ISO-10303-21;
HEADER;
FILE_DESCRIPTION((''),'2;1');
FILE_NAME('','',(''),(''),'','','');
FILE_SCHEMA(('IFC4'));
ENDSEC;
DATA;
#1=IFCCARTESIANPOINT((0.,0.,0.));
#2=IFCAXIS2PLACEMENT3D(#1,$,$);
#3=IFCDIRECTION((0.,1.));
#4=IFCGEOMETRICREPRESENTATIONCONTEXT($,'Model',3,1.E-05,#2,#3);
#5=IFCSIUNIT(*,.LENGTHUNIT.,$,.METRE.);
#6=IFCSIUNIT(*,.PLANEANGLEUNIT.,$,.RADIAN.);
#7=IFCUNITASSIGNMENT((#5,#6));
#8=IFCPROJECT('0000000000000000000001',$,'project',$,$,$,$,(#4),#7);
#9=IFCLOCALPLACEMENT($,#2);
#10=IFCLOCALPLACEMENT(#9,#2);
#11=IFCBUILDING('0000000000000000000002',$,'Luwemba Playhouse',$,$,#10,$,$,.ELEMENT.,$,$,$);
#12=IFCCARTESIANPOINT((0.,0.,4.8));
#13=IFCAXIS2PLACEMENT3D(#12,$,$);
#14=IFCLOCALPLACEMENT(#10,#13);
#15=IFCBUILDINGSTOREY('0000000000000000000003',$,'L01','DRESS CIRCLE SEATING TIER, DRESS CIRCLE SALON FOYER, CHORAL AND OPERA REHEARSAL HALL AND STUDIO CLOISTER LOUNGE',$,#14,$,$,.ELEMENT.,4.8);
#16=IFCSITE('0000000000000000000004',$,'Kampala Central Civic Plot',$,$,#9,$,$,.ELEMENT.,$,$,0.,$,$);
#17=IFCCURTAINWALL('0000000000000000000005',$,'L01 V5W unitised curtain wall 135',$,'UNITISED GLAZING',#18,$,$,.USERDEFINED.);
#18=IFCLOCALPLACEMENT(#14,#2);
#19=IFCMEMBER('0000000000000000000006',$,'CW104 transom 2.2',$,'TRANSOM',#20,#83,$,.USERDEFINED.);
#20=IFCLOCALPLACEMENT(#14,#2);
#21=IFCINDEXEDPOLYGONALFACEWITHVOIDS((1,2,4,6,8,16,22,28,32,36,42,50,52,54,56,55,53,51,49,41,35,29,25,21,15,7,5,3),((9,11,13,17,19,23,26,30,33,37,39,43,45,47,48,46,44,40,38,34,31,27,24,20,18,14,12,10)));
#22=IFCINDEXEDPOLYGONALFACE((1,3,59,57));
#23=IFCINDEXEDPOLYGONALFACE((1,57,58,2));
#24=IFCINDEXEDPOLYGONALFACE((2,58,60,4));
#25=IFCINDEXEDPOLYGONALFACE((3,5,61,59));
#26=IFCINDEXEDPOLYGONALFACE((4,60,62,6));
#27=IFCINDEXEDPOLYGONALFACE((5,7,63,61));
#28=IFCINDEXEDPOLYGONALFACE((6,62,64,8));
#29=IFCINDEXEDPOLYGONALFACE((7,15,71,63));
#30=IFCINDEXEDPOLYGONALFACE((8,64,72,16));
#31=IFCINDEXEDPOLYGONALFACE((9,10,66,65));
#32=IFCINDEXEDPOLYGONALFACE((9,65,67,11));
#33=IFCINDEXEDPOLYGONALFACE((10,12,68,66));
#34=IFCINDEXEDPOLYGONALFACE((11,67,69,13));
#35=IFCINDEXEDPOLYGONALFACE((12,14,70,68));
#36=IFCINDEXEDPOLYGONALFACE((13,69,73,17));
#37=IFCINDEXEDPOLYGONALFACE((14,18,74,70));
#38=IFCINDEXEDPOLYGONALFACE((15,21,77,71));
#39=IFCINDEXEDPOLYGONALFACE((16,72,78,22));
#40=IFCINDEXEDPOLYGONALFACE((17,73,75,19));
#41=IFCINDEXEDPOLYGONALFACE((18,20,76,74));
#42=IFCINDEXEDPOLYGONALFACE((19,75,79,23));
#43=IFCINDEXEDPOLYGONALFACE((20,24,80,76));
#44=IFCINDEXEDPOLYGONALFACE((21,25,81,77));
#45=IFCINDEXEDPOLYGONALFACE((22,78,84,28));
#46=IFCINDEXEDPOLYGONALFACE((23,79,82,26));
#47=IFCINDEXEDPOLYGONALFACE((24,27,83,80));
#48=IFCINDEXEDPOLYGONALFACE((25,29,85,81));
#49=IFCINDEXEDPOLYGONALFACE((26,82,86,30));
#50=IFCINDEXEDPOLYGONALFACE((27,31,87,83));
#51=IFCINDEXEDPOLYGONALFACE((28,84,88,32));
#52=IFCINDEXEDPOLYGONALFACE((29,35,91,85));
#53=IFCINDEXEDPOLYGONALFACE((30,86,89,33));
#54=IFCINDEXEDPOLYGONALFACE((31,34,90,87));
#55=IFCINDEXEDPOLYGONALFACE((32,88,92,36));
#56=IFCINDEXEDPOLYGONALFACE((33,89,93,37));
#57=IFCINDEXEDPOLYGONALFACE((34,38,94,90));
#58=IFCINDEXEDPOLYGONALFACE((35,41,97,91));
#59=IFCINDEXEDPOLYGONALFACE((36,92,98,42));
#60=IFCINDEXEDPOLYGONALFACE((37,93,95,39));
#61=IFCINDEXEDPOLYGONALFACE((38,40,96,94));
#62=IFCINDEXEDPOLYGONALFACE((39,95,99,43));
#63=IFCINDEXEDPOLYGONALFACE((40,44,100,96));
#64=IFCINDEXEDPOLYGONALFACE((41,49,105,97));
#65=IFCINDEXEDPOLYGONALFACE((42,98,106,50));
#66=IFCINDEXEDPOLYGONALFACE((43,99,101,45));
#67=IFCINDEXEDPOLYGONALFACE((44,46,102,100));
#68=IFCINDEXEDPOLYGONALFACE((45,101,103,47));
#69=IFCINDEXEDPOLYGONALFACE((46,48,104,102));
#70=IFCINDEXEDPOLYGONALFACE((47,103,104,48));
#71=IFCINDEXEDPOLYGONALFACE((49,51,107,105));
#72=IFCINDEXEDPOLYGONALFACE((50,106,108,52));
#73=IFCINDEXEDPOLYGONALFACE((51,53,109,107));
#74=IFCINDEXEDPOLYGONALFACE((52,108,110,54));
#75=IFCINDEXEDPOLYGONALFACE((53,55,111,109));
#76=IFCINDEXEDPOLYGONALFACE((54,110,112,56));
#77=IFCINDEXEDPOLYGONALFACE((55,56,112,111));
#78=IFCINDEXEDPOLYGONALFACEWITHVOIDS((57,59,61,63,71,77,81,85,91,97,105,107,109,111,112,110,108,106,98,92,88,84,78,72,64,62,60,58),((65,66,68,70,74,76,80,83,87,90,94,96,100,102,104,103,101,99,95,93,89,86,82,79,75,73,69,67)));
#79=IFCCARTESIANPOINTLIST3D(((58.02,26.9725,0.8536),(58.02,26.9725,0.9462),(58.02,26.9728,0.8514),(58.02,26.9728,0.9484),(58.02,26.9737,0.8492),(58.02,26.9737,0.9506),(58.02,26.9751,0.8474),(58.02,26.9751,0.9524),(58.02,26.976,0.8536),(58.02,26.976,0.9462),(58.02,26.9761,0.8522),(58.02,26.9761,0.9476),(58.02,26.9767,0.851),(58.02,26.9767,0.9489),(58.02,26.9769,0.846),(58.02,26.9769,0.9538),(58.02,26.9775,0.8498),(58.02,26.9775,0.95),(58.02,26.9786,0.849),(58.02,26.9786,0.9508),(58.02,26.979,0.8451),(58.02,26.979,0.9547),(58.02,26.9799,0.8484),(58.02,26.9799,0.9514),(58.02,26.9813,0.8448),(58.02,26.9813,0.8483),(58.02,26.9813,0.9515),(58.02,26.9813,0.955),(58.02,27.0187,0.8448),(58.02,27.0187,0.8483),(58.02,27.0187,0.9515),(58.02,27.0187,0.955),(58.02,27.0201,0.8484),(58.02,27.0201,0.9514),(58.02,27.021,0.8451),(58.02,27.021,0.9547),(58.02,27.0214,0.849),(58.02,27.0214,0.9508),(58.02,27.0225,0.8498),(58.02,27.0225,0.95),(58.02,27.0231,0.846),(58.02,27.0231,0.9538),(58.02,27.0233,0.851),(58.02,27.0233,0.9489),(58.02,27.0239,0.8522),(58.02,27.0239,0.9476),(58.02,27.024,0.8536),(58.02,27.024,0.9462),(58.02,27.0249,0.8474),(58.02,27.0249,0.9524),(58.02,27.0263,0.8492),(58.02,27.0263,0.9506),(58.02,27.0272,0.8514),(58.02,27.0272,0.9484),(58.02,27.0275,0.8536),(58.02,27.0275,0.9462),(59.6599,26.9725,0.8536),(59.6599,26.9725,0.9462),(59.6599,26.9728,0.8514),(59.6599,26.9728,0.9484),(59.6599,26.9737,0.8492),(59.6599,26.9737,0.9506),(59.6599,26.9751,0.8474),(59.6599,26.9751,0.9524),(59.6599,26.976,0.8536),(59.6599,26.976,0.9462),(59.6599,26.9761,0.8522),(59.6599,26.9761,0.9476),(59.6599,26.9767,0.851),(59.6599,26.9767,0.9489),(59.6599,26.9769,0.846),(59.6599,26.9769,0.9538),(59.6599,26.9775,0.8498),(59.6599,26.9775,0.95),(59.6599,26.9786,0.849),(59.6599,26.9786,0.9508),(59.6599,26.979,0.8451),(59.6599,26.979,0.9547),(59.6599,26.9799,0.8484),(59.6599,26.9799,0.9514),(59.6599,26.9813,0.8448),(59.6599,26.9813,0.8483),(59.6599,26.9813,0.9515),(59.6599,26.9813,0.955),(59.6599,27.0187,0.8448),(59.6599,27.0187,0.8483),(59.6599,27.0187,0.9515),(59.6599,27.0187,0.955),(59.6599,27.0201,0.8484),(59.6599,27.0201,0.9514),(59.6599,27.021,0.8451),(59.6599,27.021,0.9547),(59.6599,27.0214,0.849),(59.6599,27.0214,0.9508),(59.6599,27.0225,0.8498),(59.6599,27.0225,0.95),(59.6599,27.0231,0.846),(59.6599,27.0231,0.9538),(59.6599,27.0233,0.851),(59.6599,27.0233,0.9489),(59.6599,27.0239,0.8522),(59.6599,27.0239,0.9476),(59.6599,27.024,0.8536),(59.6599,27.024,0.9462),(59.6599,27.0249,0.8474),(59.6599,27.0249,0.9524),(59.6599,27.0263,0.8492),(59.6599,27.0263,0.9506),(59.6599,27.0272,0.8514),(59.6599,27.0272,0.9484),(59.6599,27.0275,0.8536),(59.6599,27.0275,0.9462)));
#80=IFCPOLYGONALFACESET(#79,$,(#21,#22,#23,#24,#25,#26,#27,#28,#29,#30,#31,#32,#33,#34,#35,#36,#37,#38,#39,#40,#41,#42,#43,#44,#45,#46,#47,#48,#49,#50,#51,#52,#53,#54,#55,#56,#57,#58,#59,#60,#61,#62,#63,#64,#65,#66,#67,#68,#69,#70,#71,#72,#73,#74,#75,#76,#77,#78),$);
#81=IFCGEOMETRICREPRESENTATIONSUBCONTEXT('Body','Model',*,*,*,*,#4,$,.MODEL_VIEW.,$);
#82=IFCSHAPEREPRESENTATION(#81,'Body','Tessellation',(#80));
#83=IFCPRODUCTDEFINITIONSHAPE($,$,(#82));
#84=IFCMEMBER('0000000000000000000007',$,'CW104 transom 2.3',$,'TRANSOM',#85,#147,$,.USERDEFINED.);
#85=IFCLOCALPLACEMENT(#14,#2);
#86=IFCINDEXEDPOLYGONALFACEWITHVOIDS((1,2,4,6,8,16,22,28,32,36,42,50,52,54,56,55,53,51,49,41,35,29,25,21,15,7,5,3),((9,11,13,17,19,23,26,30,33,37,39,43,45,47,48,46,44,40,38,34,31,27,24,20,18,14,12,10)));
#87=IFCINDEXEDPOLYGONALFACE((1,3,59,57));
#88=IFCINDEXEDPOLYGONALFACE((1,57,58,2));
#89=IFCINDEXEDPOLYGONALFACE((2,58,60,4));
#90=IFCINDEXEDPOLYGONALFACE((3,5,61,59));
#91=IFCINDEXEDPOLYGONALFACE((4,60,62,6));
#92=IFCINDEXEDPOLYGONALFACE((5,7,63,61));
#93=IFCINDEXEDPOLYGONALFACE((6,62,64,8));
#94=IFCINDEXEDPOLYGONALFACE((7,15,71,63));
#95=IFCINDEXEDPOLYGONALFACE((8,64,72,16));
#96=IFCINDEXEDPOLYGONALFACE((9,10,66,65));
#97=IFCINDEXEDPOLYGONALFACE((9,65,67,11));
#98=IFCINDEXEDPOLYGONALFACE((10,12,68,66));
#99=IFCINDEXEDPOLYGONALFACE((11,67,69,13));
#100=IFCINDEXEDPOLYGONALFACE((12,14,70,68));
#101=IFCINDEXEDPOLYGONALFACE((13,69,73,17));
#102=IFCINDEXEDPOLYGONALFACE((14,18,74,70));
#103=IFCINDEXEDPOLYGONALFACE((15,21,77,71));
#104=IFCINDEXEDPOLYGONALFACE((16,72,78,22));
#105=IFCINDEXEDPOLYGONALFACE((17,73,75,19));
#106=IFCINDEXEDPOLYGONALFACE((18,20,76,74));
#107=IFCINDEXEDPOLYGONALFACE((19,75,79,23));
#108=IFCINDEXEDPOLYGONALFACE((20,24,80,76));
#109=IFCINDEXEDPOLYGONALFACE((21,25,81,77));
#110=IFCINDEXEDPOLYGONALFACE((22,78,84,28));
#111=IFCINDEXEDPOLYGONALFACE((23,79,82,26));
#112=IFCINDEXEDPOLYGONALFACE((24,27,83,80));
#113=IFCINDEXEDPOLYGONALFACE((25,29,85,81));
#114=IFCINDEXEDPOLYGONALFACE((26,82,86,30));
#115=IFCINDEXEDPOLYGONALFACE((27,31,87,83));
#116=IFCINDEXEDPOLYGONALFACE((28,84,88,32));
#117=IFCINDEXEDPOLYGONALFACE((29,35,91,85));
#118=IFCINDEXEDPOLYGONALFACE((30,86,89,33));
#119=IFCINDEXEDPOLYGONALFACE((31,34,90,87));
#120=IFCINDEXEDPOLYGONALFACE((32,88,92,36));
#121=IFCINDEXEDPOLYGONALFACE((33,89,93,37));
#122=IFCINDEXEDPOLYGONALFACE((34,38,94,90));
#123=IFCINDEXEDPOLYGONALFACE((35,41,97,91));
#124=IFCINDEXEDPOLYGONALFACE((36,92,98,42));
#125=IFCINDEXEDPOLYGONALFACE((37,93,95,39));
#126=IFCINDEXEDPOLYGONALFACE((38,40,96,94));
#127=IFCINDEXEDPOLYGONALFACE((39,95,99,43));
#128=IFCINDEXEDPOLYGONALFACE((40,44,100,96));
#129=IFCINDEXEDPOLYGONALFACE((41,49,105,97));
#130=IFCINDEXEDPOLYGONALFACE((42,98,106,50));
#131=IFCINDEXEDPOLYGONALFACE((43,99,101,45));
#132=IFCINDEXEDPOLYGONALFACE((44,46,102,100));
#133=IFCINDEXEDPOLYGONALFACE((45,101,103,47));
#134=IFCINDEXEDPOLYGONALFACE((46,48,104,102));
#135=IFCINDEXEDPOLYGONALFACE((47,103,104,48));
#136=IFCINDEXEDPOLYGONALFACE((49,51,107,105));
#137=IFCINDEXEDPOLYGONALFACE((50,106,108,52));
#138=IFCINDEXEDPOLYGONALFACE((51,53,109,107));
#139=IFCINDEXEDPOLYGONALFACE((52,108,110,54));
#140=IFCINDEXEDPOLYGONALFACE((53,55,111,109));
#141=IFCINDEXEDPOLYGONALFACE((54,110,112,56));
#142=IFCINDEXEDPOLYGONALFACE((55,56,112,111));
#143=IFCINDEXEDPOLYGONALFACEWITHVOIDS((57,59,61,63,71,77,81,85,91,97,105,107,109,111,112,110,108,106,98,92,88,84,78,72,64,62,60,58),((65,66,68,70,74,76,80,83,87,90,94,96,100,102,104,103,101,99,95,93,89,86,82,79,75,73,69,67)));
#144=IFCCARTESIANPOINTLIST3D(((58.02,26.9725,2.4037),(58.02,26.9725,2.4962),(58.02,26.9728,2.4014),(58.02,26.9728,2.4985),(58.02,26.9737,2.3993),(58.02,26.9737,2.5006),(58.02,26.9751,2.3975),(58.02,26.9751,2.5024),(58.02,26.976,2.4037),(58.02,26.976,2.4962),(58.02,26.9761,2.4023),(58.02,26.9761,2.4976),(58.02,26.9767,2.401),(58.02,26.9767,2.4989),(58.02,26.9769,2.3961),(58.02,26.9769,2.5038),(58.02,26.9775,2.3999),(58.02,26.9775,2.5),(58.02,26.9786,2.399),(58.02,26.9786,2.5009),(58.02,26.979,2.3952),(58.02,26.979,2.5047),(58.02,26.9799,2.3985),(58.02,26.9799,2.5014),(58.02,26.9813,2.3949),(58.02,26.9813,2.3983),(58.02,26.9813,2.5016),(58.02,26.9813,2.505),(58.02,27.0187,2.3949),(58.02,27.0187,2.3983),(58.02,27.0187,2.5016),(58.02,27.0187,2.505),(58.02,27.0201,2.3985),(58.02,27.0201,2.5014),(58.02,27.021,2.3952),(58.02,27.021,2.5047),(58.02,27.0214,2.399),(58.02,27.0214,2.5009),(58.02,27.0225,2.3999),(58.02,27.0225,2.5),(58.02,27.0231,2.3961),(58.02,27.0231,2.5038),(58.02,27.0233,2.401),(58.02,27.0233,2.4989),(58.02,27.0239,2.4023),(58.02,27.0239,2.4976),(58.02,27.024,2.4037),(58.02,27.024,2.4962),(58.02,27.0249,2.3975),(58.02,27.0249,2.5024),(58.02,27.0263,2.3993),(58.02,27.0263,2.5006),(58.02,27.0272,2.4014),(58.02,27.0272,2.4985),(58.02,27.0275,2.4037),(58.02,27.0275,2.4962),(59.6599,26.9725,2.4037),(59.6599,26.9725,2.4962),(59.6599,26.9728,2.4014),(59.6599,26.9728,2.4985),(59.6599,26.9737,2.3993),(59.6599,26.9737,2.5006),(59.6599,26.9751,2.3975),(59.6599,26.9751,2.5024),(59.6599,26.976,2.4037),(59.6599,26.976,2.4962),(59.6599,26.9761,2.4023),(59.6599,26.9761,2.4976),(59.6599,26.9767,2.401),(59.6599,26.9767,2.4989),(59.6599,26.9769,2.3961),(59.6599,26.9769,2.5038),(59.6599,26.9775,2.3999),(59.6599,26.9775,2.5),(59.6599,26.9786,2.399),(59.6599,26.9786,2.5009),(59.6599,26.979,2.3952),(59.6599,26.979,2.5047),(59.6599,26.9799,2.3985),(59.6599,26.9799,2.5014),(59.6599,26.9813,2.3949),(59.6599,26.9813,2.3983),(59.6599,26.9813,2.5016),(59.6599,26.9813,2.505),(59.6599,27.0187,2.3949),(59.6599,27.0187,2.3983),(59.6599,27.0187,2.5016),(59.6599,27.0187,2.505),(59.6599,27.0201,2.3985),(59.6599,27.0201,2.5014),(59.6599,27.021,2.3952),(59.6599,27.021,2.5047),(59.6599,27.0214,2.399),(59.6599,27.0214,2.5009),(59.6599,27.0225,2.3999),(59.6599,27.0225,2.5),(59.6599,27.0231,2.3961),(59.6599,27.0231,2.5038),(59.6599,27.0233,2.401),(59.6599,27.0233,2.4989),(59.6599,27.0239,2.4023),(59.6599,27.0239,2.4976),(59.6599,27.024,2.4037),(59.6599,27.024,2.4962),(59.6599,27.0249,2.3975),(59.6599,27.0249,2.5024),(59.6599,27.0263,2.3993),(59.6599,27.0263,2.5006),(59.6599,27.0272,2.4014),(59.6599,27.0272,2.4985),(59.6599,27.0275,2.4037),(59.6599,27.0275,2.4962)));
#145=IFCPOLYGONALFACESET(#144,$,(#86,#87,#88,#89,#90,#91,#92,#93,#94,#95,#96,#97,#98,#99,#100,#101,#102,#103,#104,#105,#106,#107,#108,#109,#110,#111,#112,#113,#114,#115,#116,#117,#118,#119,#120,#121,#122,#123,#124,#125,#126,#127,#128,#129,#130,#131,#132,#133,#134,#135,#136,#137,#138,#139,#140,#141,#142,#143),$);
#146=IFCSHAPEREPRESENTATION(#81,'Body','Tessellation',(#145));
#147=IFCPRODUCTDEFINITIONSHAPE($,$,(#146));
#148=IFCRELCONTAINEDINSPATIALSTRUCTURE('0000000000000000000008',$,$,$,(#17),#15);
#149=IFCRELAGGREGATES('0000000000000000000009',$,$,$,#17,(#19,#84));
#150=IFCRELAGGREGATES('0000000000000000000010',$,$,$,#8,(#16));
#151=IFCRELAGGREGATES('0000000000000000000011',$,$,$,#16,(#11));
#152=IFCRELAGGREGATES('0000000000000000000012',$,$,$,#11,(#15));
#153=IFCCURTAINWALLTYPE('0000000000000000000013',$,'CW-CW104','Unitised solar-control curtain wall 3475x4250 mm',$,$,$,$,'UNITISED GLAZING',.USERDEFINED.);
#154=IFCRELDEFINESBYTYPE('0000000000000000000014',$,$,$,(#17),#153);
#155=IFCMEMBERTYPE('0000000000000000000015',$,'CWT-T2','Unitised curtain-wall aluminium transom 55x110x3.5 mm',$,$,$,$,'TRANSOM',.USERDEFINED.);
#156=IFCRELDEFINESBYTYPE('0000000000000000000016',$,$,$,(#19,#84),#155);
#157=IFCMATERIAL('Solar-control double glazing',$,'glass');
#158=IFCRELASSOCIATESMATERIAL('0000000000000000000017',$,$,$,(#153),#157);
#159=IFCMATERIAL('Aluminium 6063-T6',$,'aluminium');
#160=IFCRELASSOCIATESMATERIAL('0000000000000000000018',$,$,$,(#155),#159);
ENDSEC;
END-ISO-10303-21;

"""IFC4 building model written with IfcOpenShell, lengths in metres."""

from ifc_helpers import new_model, si_unit, direction, frame, origin, origin_2d, place, context, subcontext, project, spatial, hollow_rectangle, extrude, material, material_profile, profile_set, type_object, element, aggregate, save


model = new_model("IFC4")

# Units and contexts
model_context = context("Model", 3, precision=1e-05, world=origin(), true_north=direction((0.0, 1.0)))
body_context = subcontext(model_context, "Body", "Model", "MODEL_VIEW")
ifc_project = project(units=[si_unit("LENGTHUNIT", "METRE"), si_unit("PLANEANGLEUNIT", "RADIAN")], contexts=[model_context])

# Site, building, storey
site_placement = place(None, origin())
site = spatial("IfcSite", under=ifc_project, at=site_placement, Name="Kampala Central Civic Plot", CompositionType="ELEMENT", RefElevation=0.0)
building_placement = place(site_placement, origin())
building = spatial("IfcBuilding", under=site, at=building_placement, Name="Luwemba Playhouse", CompositionType="ELEMENT")
storey_placement = place(building_placement, frame((0.0, 0.0, 4.8)))
storey = spatial("IfcBuildingStorey", under=building, at=storey_placement, Name="L01", Description="DRESS CIRCLE SEATING TIER, DRESS CIRCLE SALON FOYER, CHORAL AND OPERA REHEARSAL HALL AND STUDIO CLOISTER LOUNGE", CompositionType="ELEMENT", Elevation=4.8)

# Curtain wall
ifc_material_1 = material(Name="Solar-control double glazing", Category="glass")
ifc_material_2 = material(Name="Aluminium 6063-T6", Category="aluminium")
curtain_wall_type_1 = type_object("IfcCurtainWallType", Name="CW-CW104", Description="Unitised solar-control curtain wall 3475x4250 mm", ElementType="UNITISED GLAZING", PredefinedType="USERDEFINED", material=ifc_material_1)
curtain_wall_1_placement = place(storey_placement, origin())
curtain_wall_1 = element("IfcCurtainWall", 1, at=curtain_wall_1_placement, inside=storey, type_object=curtain_wall_type_1, Name="L01 V5W unitised curtain wall 135", ObjectType="UNITISED GLAZING", PredefinedType="USERDEFINED")

# Members
ifc_material_profile_1 = material_profile(ifc_material_2, hollow_rectangle(XDim=0.0549, YDim=0.1101, WallThickness=0.0034, InnerFilletRadius=0.0054, OuterFilletRadius=0.0088, at=origin_2d()))
ifc_profile_set_1 = profile_set([ifc_material_profile_1], Name="Aluminium 6063-T6")
member_type_1 = type_object("IfcMemberType", Name="CWT-T2", Description="Unitised curtain-wall aluminium transom 55x110x3.5 mm", ElementType="TRANSOM", PredefinedType="USERDEFINED", material=ifc_profile_set_1)
member_1_placement = place(storey_placement, frame((58.02, 27.0, 0.8999), z_axis=(1.0, 0.0, 0.0), x_axis=(0.0, 1.0, 0.0)))
member_1 = element("IfcMember", 2, at=member_1_placement, type_object=member_type_1, Name="CW104 transom 2.2", ObjectType="TRANSOM", PredefinedType="USERDEFINED", context=body_context, shape_type="SweptSolid", body=[
    extrude(hollow_rectangle(XDim=0.0549, YDim=0.1101, WallThickness=0.0034, InnerFilletRadius=0.0054, OuterFilletRadius=0.0088, at=origin_2d()), origin(), (0.0, 0.0, 1.0), 1.6399),
])
member_2_placement = place(storey_placement, frame((58.02, 27.0, 2.45), z_axis=(1.0, 0.0, 0.0), x_axis=(0.0, 1.0, 0.0)))
member_2 = element("IfcMember", 3, at=member_2_placement, type_object=member_type_1, Name="CW104 transom 2.3", ObjectType="TRANSOM", PredefinedType="USERDEFINED", context=body_context, shape_type="SweptSolid", body=[
    extrude(hollow_rectangle(XDim=0.0549, YDim=0.1101, WallThickness=0.0034, InnerFilletRadius=0.0054, OuterFilletRadius=0.0088, at=origin_2d()), origin(), (0.0, 0.0, 1.0), 1.6399),
])

aggregate(curtain_wall_1, [member_1, member_2])

save(model, "model.ifc")
